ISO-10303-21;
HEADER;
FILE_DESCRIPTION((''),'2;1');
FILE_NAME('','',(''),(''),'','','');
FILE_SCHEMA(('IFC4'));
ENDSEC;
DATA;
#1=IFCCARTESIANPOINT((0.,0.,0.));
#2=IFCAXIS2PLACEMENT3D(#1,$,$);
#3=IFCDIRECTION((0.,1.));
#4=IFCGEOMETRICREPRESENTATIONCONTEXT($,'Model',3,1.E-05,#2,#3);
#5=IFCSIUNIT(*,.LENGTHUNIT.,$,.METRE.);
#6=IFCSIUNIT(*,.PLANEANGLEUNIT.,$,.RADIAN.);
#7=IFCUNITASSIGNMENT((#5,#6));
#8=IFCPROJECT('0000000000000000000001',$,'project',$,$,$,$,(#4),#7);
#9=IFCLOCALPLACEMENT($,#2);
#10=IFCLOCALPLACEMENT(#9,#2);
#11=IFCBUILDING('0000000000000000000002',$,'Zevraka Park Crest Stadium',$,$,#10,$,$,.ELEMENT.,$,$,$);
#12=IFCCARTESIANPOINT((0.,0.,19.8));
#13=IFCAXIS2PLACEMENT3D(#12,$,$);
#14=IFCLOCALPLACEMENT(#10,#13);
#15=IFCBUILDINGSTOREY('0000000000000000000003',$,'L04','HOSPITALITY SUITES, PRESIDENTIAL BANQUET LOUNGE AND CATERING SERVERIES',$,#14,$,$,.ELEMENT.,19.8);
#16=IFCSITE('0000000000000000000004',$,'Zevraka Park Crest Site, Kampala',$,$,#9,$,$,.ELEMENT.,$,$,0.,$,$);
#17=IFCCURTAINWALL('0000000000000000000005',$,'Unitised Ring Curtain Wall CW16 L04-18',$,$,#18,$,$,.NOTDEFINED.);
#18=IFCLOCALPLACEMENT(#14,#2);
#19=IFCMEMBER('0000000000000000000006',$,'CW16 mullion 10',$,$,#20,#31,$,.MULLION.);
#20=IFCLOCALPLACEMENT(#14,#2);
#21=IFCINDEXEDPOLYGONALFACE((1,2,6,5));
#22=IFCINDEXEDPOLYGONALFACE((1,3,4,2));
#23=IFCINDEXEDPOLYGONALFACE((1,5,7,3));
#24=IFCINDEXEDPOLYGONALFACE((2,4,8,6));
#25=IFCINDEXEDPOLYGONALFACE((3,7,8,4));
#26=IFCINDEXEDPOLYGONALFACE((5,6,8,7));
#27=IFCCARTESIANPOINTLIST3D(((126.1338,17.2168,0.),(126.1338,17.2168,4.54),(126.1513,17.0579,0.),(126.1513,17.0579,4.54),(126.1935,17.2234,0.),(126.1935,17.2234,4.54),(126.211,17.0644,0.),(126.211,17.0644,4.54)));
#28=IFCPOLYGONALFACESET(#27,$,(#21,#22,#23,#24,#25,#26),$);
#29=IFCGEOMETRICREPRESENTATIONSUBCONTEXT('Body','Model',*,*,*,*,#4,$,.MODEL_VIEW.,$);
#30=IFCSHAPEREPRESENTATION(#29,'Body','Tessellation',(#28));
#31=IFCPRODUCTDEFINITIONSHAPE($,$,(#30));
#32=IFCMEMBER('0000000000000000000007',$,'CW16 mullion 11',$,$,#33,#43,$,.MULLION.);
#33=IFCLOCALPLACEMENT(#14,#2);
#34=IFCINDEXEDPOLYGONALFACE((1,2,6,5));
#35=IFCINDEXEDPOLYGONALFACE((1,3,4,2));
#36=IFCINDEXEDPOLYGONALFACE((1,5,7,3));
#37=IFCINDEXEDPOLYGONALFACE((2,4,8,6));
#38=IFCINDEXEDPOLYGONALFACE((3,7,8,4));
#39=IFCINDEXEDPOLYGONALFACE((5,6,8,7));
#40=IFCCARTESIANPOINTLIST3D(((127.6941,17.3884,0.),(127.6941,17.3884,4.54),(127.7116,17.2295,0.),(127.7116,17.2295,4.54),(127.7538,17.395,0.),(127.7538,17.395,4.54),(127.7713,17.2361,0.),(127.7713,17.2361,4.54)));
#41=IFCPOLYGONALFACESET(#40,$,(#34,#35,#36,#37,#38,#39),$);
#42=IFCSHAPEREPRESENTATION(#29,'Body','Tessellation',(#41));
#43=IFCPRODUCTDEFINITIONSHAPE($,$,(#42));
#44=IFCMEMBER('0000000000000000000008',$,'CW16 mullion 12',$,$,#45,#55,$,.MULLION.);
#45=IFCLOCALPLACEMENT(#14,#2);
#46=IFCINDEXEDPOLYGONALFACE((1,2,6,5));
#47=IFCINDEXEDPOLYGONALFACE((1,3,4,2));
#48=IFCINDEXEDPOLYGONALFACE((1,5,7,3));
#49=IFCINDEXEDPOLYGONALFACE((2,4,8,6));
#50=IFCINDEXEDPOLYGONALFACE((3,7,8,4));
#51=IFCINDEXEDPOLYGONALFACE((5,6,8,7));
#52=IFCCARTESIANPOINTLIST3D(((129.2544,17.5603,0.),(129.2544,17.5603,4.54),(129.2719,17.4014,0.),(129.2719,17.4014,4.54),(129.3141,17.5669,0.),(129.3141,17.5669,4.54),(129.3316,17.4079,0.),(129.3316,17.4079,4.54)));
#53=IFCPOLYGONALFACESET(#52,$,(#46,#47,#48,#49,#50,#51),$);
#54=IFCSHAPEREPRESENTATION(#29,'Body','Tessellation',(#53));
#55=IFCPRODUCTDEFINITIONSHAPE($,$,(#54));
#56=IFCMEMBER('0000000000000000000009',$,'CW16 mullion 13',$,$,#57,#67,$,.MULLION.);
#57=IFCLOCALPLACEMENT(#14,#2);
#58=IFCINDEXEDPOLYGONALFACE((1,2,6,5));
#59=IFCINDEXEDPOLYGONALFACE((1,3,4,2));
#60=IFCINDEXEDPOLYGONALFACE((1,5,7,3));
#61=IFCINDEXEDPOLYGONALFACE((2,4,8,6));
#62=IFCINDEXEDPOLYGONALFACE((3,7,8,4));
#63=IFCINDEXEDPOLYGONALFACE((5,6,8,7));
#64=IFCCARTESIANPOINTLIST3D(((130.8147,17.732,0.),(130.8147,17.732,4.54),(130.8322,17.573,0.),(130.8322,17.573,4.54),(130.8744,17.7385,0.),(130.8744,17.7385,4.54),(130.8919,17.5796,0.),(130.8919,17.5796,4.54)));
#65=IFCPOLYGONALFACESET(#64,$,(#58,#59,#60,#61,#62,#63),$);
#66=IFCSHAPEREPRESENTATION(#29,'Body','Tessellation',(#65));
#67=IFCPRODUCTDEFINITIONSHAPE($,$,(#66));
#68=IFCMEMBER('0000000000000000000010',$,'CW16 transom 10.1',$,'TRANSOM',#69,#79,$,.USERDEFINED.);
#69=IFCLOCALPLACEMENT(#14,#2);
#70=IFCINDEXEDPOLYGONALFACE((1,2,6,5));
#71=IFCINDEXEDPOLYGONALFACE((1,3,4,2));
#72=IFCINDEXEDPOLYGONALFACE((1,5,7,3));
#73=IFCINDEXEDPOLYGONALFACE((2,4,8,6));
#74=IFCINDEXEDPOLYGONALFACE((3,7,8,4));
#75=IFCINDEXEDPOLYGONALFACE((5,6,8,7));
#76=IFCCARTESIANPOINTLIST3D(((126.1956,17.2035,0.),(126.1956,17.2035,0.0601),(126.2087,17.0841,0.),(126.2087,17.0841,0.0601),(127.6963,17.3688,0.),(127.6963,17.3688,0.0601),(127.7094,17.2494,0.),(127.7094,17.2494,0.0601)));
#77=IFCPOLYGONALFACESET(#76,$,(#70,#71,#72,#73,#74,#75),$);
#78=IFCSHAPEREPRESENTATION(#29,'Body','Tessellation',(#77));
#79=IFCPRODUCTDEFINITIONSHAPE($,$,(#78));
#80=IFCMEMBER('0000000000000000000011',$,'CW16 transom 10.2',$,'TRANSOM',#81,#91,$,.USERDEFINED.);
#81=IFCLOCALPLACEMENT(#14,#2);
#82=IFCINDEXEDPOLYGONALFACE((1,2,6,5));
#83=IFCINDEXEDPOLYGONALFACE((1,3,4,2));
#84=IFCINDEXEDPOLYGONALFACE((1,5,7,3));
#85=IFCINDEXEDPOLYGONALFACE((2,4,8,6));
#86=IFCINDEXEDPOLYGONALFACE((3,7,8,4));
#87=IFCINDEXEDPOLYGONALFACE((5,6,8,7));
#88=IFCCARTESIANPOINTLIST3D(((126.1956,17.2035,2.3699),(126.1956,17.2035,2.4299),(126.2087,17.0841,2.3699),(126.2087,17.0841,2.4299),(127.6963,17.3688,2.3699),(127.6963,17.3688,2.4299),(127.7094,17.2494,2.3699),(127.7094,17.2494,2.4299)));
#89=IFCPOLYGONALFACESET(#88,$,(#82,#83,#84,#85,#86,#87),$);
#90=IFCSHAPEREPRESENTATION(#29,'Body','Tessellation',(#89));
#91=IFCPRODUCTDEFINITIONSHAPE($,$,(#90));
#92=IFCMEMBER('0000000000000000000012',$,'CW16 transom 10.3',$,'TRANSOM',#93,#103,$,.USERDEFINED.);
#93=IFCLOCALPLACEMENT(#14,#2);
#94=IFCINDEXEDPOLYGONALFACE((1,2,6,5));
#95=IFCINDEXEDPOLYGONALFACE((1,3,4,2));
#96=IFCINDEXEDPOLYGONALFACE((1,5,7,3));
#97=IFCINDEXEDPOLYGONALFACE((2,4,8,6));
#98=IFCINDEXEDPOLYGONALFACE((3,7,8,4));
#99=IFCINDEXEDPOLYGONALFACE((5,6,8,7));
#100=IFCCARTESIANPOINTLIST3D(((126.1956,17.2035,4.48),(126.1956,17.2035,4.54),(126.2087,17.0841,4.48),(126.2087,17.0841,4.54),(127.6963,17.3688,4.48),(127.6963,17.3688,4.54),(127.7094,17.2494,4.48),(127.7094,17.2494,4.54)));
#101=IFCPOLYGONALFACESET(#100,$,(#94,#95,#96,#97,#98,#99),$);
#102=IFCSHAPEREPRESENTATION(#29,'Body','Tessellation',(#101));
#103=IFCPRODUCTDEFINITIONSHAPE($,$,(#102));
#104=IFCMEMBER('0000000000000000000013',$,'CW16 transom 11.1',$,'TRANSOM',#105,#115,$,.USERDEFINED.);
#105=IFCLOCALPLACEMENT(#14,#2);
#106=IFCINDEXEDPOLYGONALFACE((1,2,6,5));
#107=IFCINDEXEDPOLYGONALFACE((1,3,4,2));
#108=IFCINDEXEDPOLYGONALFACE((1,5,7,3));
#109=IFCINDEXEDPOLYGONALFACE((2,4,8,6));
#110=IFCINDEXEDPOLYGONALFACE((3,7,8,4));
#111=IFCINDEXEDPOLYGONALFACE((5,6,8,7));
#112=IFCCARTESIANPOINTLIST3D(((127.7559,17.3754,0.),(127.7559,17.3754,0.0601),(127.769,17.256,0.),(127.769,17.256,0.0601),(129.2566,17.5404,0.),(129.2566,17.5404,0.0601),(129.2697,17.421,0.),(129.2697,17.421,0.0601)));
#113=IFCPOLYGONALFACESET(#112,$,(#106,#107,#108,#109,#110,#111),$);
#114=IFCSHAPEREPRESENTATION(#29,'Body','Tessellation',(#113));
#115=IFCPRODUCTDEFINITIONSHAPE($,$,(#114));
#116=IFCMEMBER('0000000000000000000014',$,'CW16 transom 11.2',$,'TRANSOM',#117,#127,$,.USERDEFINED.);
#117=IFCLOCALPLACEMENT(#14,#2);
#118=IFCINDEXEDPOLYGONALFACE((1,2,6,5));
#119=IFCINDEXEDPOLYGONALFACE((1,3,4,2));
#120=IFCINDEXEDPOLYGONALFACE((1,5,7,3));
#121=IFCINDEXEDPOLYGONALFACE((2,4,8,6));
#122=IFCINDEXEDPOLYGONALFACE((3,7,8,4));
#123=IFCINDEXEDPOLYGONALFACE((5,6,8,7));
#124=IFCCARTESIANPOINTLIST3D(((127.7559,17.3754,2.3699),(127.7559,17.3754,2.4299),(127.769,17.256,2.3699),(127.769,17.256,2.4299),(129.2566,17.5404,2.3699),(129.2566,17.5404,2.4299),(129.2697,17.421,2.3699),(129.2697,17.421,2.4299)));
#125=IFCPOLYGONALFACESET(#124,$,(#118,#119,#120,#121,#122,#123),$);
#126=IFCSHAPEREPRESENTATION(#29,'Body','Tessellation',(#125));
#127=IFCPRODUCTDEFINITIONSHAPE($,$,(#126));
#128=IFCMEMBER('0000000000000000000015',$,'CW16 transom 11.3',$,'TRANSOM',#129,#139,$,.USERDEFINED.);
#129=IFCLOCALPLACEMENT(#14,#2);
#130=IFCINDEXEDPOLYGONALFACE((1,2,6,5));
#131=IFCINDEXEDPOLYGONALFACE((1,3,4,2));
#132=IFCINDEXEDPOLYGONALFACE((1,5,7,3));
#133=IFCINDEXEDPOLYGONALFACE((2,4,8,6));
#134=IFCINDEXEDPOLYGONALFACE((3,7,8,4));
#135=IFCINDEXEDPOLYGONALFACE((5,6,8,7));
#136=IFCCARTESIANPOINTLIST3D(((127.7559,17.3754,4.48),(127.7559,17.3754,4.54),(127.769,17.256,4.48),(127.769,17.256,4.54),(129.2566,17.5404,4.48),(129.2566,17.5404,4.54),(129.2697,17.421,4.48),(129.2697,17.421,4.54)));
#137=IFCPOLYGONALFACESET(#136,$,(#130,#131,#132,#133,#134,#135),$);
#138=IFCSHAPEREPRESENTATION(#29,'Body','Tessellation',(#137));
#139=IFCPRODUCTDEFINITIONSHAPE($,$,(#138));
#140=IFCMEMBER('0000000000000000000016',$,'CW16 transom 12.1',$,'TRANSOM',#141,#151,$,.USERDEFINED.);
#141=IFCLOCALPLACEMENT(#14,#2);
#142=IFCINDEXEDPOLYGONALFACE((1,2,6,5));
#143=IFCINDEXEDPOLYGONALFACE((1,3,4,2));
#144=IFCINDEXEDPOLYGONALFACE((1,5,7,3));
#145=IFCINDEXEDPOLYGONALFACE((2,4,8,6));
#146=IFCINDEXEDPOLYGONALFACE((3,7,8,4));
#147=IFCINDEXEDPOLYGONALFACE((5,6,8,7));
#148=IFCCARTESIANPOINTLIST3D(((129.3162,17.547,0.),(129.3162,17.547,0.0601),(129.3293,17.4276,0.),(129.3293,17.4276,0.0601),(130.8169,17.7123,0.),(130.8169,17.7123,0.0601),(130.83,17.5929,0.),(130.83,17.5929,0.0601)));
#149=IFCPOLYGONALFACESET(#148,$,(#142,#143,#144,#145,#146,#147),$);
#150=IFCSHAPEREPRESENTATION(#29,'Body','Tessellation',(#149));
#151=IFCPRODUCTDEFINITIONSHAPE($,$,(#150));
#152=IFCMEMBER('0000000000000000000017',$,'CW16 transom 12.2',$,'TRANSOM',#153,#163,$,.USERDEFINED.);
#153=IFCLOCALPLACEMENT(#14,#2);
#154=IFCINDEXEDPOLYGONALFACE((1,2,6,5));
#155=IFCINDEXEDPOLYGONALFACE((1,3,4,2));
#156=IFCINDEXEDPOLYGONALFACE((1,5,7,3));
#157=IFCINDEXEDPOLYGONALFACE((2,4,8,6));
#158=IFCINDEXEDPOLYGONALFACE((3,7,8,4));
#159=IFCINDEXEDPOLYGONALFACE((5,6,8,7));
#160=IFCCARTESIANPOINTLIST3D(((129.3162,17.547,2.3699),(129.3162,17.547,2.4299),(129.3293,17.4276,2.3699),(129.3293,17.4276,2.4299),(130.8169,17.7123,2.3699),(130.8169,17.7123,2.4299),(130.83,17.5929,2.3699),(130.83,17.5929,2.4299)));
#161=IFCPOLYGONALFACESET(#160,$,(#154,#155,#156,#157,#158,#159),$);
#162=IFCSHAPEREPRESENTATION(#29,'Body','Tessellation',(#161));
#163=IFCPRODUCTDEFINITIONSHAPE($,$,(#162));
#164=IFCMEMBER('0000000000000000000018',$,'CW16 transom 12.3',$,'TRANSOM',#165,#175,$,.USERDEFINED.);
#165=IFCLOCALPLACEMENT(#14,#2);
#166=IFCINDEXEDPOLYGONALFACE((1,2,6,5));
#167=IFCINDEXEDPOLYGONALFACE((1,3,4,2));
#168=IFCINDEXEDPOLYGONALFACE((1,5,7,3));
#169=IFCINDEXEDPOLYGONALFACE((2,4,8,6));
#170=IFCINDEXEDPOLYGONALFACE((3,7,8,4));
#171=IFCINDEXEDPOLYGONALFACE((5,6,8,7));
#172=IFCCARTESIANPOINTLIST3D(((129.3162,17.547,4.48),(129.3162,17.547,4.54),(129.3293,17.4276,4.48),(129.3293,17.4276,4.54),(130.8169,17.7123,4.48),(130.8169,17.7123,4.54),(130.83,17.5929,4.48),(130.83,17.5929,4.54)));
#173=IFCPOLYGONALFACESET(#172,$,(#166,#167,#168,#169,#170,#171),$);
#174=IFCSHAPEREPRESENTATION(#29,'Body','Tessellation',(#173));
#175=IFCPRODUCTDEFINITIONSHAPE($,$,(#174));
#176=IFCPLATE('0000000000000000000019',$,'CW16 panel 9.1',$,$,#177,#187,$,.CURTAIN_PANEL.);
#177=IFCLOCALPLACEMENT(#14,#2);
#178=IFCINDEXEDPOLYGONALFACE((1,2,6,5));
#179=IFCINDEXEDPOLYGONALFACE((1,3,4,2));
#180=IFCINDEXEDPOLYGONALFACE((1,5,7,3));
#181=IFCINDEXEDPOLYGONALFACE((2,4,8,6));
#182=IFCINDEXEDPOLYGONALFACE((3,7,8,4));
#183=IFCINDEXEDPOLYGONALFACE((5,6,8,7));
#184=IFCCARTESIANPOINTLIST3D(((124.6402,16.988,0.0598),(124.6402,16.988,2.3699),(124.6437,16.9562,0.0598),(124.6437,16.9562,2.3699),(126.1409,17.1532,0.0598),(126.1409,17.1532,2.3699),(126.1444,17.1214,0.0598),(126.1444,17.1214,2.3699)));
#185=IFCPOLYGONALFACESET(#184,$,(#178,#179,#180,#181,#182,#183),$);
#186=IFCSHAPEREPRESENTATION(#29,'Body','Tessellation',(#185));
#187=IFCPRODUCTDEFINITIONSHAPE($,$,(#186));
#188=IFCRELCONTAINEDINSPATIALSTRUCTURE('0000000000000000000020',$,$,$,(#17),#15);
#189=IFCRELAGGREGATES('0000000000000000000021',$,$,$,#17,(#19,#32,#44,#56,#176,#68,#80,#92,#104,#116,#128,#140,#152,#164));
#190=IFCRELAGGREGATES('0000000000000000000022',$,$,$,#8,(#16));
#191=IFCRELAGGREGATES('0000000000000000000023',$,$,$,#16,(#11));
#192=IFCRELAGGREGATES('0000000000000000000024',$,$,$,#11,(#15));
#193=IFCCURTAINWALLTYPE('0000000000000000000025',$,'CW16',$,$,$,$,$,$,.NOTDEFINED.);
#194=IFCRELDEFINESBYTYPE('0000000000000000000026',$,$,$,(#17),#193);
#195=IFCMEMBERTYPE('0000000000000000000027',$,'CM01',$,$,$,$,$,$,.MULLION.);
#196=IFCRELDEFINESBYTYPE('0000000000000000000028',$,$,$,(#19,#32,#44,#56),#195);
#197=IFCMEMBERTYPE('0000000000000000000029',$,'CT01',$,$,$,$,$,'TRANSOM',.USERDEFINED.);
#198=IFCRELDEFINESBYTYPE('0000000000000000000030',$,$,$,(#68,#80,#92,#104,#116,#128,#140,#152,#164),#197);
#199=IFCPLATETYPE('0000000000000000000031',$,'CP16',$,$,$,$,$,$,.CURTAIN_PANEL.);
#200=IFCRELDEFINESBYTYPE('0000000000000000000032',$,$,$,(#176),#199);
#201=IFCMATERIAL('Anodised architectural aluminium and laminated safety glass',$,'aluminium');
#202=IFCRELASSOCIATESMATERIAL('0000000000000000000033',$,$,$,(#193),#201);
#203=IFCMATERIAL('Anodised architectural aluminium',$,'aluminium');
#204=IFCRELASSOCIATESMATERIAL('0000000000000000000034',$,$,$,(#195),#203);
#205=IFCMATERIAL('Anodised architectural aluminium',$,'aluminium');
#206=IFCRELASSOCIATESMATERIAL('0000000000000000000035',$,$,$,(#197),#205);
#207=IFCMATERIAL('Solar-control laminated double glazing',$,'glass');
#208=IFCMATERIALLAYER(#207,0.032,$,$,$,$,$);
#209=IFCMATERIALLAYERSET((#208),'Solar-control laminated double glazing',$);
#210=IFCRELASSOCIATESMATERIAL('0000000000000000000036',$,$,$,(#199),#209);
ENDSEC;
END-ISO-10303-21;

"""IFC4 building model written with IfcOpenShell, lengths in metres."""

from ifc_helpers import new_model, si_unit, direction, frame, origin, origin_2d, place, context, subcontext, project, spatial, rectangle, extrude, material, layer, layer_set, material_profile, profile_set, type_object, element, aggregate, save


model = new_model("IFC4")

# Units and contexts
model_context = context("Model", 3, precision=1e-05, world=origin(), true_north=direction((0.0, 1.0)))
body_context = subcontext(model_context, "Body", "Model", "MODEL_VIEW")
ifc_project = project(units=[si_unit("LENGTHUNIT", "METRE"), si_unit("PLANEANGLEUNIT", "RADIAN")], contexts=[model_context])

# Site, building, storey
site_placement = place(None, origin())
site = spatial("IfcSite", under=ifc_project, at=site_placement, Name="Zevraka Park Crest Site, Kampala", CompositionType="ELEMENT", RefElevation=0.0)
building_placement = place(site_placement, origin())
building = spatial("IfcBuilding", under=site, at=building_placement, Name="Zevraka Park Crest Stadium", CompositionType="ELEMENT")
storey_placement = place(building_placement, frame((0.0, 0.0, 19.8)))
storey = spatial("IfcBuildingStorey", under=building, at=storey_placement, Name="L04", Description="HOSPITALITY SUITES, PRESIDENTIAL BANQUET LOUNGE AND CATERING SERVERIES", CompositionType="ELEMENT", Elevation=19.8)

# Curtain wall, members, plate
ifc_material_1 = material(Name="Anodised architectural aluminium and laminated safety glass", Category="aluminium")
curtain_wall_type = type_object("IfcCurtainWallType", Name="CW16", PredefinedType="NOTDEFINED", material=ifc_material_1)
curtain_wall_placement = place(storey_placement, origin())
curtain_wall = element("IfcCurtainWall", 1, at=curtain_wall_placement, inside=storey, type_object=curtain_wall_type, Name="Unitised Ring Curtain Wall CW16 L04-18", PredefinedType="NOTDEFINED")
ifc_material_2 = material(Name="Anodised architectural aluminium", Category="aluminium")
ifc_material_profile_1 = material_profile(ifc_material_2, rectangle(XDim=0.1599, YDim=0.0601, at=origin_2d()), Name="ALU MULLION 160x60")
ifc_profile_set_1 = profile_set([ifc_material_profile_1], Name="Anodised architectural aluminium")
member_type_1 = type_object("IfcMemberType", Name="CM01", PredefinedType="MULLION", material=ifc_profile_set_1)
member_1_placement = place(storey_placement, frame((126.1724, 17.1406, 0.0), z_axis=(0.0, 0.0, 1.0), x_axis=(-0.109406, 0.993997, 0.0)))
member_1 = element("IfcMember", 2, at=member_1_placement, type_object=member_type_1, Name="CW16 mullion 10", PredefinedType="MULLION", context=body_context, shape_type="SweptSolid", body=[
    extrude(rectangle(XDim=0.1599, YDim=0.0601, at=origin_2d()), origin(), (0.0, 0.0, 1.0), 4.54),
])
member_2_placement = place(storey_placement, frame((127.7327, 17.3123, 0.0), z_axis=(0.0, 0.0, 1.0), x_axis=(-0.109406, 0.993997, 0.0)))
member_2 = element("IfcMember", 3, at=member_2_placement, type_object=member_type_1, Name="CW16 mullion 11", PredefinedType="MULLION", context=body_context, shape_type="SweptSolid", body=[
    extrude(rectangle(XDim=0.1599, YDim=0.0601, at=origin_2d()), origin(), (0.0, 0.0, 1.0), 4.54),
])
member_3_placement = place(storey_placement, frame((129.293, 17.4841, 0.0), z_axis=(0.0, 0.0, 1.0), x_axis=(-0.109406, 0.993997, 0.0)))
member_3 = element("IfcMember", 4, at=member_3_placement, type_object=member_type_1, Name="CW16 mullion 12", PredefinedType="MULLION", context=body_context, shape_type="SweptSolid", body=[
    extrude(rectangle(XDim=0.1599, YDim=0.0601, at=origin_2d()), origin(), (0.0, 0.0, 1.0), 4.54),
])
member_4_placement = place(storey_placement, frame((130.8533, 17.6558, 0.0), z_axis=(0.0, 0.0, 1.0), x_axis=(-0.109406, 0.993997, 0.0)))
member_4 = element("IfcMember", 5, at=member_4_placement, type_object=member_type_1, Name="CW16 mullion 13", PredefinedType="MULLION", context=body_context, shape_type="SweptSolid", body=[
    extrude(rectangle(XDim=0.1599, YDim=0.0601, at=origin_2d()), origin(), (0.0, 0.0, 1.0), 4.54),
])
ifc_material_3 = material(Name="Anodised architectural aluminium", Category="aluminium")
ifc_material_profile_2 = material_profile(ifc_material_3, rectangle(XDim=0.1201, YDim=0.0601, at=origin_2d()), Name="ALU TRANSOM 120x60")
ifc_profile_set_2 = profile_set([ifc_material_profile_2], Name="Anodised architectural aluminium")
member_type_2 = type_object("IfcMemberType", Name="CT01", ElementType="TRANSOM", PredefinedType="USERDEFINED", material=ifc_profile_set_2)
member_5_placement = place(storey_placement, frame((126.2021, 17.1438, 0.03), z_axis=(0.99399, 0.109473, 0.0), x_axis=(-0.109473, 0.99399, 0.0)))
member_5 = element("IfcMember", 6, at=member_5_placement, type_object=member_type_2, Name="CW16 transom 10.1", ObjectType="TRANSOM", PredefinedType="USERDEFINED", context=body_context, shape_type="SweptSolid", body=[
    extrude(rectangle(XDim=0.1201, YDim=0.0601, at=origin_2d()), origin(), (0.0, 0.0, 1.0), 1.5098),
])
member_6_placement = place(storey_placement, frame((126.2021, 17.1438, 2.3999), z_axis=(0.99399, 0.109473, 0.0), x_axis=(-0.109473, 0.99399, 0.0)))
member_6 = element("IfcMember", 7, at=member_6_placement, type_object=member_type_2, Name="CW16 transom 10.2", ObjectType="TRANSOM", PredefinedType="USERDEFINED", context=body_context, shape_type="SweptSolid", body=[
    extrude(rectangle(XDim=0.1201, YDim=0.0601, at=origin_2d()), origin(), (0.0, 0.0, 1.0), 1.5098),
])
member_7_placement = place(storey_placement, frame((126.2021, 17.1438, 4.51), z_axis=(0.99399, 0.109473, 0.0), x_axis=(-0.109473, 0.99399, 0.0)))
member_7 = element("IfcMember", 8, at=member_7_placement, type_object=member_type_2, Name="CW16 transom 10.3", ObjectType="TRANSOM", PredefinedType="USERDEFINED", context=body_context, shape_type="SweptSolid", body=[
    extrude(rectangle(XDim=0.1201, YDim=0.0601, at=origin_2d()), origin(), (0.0, 0.0, 1.0), 1.5098),
])
member_8_placement = place(storey_placement, frame((127.7625, 17.3157, 0.03), z_axis=(0.994007, 0.109313, 0.0), x_axis=(-0.109313, 0.994007, 0.0)))
member_8 = element("IfcMember", 9, at=member_8_placement, type_object=member_type_2, Name="CW16 transom 11.1", ObjectType="TRANSOM", PredefinedType="USERDEFINED", context=body_context, shape_type="SweptSolid", body=[
    extrude(rectangle(XDim=0.1201, YDim=0.0601, at=origin_2d()), origin(), (0.0, 0.0, 1.0), 1.5098),
])
member_9_placement = place(storey_placement, frame((127.7625, 17.3157, 2.3999), z_axis=(0.994007, 0.109313, 0.0), x_axis=(-0.109313, 0.994007, 0.0)))
member_9 = element("IfcMember", 10, at=member_9_placement, type_object=member_type_2, Name="CW16 transom 11.2", ObjectType="TRANSOM", PredefinedType="USERDEFINED", context=body_context, shape_type="SweptSolid", body=[
    extrude(rectangle(XDim=0.1201, YDim=0.0601, at=origin_2d()), origin(), (0.0, 0.0, 1.0), 1.5098),
])
member_10_placement = place(storey_placement, frame((127.7625, 17.3157, 4.51), z_axis=(0.994007, 0.109313, 0.0), x_axis=(-0.109313, 0.994007, 0.0)))
member_10 = element("IfcMember", 11, at=member_10_placement, type_object=member_type_2, Name="CW16 transom 11.3", ObjectType="TRANSOM", PredefinedType="USERDEFINED", context=body_context, shape_type="SweptSolid", body=[
    extrude(rectangle(XDim=0.1201, YDim=0.0601, at=origin_2d()), origin(), (0.0, 0.0, 1.0), 1.5098),
])
member_11_placement = place(storey_placement, frame((129.3228, 17.4873, 0.03), z_axis=(0.99399, 0.109473, 0.0), x_axis=(-0.109473, 0.99399, 0.0)))
member_11 = element("IfcMember", 12, at=member_11_placement, type_object=member_type_2, Name="CW16 transom 12.1", ObjectType="TRANSOM", PredefinedType="USERDEFINED", context=body_context, shape_type="SweptSolid", body=[
    extrude(rectangle(XDim=0.1201, YDim=0.0601, at=origin_2d()), origin(), (0.0, 0.0, 1.0), 1.5098),
])
member_12_placement = place(storey_placement, frame((129.3228, 17.4873, 2.3999), z_axis=(0.99399, 0.109473, 0.0), x_axis=(-0.109473, 0.99399, 0.0)))
member_12 = element("IfcMember", 13, at=member_12_placement, type_object=member_type_2, Name="CW16 transom 12.2", ObjectType="TRANSOM", PredefinedType="USERDEFINED", context=body_context, shape_type="SweptSolid", body=[
    extrude(rectangle(XDim=0.1201, YDim=0.0601, at=origin_2d()), origin(), (0.0, 0.0, 1.0), 1.5098),
])
member_13_placement = place(storey_placement, frame((129.3228, 17.4873, 4.51), z_axis=(0.99399, 0.109473, 0.0), x_axis=(-0.109473, 0.99399, 0.0)))
member_13 = element("IfcMember", 14, at=member_13_placement, type_object=member_type_2, Name="CW16 transom 12.3", ObjectType="TRANSOM", PredefinedType="USERDEFINED", context=body_context, shape_type="SweptSolid", body=[
    extrude(rectangle(XDim=0.1201, YDim=0.0601, at=origin_2d()), origin(), (0.0, 0.0, 1.0), 1.5098),
])
ifc_material_4 = material(Name="Solar-control laminated double glazing", Category="glass")
ifc_layer_1 = layer(ifc_material_4, 0.032)
ifc_layer_set_1 = layer_set([ifc_layer_1], Name="Solar-control laminated double glazing")
plate_type = type_object("IfcPlateType", Name="CP16", PredefinedType="CURTAIN_PANEL", material=ifc_layer_set_1)
plate_1_placement = place(storey_placement, frame((125.3923, 17.0547, 0.0598), z_axis=(0.0, 0.0, 1.0), x_axis=(0.993997, 0.109406, 0.0)))
plate_1 = element("IfcPlate", 15, at=plate_1_placement, type_object=plate_type, Name="CW16 panel 9.1", PredefinedType="CURTAIN_PANEL", context=body_context, shape_type="SweptSolid", body=[
    extrude(rectangle(XDim=1.5098, YDim=0.032, at=origin_2d()), origin(), (0.0, 0.0, 1.0), 2.3101),
])
aggregate(curtain_wall, [member_1, member_2, member_3, member_4, plate_1, member_5, member_6, member_7, member_8, member_9, member_10, member_11, member_12, member_13])

save(model, "model.ifc")
